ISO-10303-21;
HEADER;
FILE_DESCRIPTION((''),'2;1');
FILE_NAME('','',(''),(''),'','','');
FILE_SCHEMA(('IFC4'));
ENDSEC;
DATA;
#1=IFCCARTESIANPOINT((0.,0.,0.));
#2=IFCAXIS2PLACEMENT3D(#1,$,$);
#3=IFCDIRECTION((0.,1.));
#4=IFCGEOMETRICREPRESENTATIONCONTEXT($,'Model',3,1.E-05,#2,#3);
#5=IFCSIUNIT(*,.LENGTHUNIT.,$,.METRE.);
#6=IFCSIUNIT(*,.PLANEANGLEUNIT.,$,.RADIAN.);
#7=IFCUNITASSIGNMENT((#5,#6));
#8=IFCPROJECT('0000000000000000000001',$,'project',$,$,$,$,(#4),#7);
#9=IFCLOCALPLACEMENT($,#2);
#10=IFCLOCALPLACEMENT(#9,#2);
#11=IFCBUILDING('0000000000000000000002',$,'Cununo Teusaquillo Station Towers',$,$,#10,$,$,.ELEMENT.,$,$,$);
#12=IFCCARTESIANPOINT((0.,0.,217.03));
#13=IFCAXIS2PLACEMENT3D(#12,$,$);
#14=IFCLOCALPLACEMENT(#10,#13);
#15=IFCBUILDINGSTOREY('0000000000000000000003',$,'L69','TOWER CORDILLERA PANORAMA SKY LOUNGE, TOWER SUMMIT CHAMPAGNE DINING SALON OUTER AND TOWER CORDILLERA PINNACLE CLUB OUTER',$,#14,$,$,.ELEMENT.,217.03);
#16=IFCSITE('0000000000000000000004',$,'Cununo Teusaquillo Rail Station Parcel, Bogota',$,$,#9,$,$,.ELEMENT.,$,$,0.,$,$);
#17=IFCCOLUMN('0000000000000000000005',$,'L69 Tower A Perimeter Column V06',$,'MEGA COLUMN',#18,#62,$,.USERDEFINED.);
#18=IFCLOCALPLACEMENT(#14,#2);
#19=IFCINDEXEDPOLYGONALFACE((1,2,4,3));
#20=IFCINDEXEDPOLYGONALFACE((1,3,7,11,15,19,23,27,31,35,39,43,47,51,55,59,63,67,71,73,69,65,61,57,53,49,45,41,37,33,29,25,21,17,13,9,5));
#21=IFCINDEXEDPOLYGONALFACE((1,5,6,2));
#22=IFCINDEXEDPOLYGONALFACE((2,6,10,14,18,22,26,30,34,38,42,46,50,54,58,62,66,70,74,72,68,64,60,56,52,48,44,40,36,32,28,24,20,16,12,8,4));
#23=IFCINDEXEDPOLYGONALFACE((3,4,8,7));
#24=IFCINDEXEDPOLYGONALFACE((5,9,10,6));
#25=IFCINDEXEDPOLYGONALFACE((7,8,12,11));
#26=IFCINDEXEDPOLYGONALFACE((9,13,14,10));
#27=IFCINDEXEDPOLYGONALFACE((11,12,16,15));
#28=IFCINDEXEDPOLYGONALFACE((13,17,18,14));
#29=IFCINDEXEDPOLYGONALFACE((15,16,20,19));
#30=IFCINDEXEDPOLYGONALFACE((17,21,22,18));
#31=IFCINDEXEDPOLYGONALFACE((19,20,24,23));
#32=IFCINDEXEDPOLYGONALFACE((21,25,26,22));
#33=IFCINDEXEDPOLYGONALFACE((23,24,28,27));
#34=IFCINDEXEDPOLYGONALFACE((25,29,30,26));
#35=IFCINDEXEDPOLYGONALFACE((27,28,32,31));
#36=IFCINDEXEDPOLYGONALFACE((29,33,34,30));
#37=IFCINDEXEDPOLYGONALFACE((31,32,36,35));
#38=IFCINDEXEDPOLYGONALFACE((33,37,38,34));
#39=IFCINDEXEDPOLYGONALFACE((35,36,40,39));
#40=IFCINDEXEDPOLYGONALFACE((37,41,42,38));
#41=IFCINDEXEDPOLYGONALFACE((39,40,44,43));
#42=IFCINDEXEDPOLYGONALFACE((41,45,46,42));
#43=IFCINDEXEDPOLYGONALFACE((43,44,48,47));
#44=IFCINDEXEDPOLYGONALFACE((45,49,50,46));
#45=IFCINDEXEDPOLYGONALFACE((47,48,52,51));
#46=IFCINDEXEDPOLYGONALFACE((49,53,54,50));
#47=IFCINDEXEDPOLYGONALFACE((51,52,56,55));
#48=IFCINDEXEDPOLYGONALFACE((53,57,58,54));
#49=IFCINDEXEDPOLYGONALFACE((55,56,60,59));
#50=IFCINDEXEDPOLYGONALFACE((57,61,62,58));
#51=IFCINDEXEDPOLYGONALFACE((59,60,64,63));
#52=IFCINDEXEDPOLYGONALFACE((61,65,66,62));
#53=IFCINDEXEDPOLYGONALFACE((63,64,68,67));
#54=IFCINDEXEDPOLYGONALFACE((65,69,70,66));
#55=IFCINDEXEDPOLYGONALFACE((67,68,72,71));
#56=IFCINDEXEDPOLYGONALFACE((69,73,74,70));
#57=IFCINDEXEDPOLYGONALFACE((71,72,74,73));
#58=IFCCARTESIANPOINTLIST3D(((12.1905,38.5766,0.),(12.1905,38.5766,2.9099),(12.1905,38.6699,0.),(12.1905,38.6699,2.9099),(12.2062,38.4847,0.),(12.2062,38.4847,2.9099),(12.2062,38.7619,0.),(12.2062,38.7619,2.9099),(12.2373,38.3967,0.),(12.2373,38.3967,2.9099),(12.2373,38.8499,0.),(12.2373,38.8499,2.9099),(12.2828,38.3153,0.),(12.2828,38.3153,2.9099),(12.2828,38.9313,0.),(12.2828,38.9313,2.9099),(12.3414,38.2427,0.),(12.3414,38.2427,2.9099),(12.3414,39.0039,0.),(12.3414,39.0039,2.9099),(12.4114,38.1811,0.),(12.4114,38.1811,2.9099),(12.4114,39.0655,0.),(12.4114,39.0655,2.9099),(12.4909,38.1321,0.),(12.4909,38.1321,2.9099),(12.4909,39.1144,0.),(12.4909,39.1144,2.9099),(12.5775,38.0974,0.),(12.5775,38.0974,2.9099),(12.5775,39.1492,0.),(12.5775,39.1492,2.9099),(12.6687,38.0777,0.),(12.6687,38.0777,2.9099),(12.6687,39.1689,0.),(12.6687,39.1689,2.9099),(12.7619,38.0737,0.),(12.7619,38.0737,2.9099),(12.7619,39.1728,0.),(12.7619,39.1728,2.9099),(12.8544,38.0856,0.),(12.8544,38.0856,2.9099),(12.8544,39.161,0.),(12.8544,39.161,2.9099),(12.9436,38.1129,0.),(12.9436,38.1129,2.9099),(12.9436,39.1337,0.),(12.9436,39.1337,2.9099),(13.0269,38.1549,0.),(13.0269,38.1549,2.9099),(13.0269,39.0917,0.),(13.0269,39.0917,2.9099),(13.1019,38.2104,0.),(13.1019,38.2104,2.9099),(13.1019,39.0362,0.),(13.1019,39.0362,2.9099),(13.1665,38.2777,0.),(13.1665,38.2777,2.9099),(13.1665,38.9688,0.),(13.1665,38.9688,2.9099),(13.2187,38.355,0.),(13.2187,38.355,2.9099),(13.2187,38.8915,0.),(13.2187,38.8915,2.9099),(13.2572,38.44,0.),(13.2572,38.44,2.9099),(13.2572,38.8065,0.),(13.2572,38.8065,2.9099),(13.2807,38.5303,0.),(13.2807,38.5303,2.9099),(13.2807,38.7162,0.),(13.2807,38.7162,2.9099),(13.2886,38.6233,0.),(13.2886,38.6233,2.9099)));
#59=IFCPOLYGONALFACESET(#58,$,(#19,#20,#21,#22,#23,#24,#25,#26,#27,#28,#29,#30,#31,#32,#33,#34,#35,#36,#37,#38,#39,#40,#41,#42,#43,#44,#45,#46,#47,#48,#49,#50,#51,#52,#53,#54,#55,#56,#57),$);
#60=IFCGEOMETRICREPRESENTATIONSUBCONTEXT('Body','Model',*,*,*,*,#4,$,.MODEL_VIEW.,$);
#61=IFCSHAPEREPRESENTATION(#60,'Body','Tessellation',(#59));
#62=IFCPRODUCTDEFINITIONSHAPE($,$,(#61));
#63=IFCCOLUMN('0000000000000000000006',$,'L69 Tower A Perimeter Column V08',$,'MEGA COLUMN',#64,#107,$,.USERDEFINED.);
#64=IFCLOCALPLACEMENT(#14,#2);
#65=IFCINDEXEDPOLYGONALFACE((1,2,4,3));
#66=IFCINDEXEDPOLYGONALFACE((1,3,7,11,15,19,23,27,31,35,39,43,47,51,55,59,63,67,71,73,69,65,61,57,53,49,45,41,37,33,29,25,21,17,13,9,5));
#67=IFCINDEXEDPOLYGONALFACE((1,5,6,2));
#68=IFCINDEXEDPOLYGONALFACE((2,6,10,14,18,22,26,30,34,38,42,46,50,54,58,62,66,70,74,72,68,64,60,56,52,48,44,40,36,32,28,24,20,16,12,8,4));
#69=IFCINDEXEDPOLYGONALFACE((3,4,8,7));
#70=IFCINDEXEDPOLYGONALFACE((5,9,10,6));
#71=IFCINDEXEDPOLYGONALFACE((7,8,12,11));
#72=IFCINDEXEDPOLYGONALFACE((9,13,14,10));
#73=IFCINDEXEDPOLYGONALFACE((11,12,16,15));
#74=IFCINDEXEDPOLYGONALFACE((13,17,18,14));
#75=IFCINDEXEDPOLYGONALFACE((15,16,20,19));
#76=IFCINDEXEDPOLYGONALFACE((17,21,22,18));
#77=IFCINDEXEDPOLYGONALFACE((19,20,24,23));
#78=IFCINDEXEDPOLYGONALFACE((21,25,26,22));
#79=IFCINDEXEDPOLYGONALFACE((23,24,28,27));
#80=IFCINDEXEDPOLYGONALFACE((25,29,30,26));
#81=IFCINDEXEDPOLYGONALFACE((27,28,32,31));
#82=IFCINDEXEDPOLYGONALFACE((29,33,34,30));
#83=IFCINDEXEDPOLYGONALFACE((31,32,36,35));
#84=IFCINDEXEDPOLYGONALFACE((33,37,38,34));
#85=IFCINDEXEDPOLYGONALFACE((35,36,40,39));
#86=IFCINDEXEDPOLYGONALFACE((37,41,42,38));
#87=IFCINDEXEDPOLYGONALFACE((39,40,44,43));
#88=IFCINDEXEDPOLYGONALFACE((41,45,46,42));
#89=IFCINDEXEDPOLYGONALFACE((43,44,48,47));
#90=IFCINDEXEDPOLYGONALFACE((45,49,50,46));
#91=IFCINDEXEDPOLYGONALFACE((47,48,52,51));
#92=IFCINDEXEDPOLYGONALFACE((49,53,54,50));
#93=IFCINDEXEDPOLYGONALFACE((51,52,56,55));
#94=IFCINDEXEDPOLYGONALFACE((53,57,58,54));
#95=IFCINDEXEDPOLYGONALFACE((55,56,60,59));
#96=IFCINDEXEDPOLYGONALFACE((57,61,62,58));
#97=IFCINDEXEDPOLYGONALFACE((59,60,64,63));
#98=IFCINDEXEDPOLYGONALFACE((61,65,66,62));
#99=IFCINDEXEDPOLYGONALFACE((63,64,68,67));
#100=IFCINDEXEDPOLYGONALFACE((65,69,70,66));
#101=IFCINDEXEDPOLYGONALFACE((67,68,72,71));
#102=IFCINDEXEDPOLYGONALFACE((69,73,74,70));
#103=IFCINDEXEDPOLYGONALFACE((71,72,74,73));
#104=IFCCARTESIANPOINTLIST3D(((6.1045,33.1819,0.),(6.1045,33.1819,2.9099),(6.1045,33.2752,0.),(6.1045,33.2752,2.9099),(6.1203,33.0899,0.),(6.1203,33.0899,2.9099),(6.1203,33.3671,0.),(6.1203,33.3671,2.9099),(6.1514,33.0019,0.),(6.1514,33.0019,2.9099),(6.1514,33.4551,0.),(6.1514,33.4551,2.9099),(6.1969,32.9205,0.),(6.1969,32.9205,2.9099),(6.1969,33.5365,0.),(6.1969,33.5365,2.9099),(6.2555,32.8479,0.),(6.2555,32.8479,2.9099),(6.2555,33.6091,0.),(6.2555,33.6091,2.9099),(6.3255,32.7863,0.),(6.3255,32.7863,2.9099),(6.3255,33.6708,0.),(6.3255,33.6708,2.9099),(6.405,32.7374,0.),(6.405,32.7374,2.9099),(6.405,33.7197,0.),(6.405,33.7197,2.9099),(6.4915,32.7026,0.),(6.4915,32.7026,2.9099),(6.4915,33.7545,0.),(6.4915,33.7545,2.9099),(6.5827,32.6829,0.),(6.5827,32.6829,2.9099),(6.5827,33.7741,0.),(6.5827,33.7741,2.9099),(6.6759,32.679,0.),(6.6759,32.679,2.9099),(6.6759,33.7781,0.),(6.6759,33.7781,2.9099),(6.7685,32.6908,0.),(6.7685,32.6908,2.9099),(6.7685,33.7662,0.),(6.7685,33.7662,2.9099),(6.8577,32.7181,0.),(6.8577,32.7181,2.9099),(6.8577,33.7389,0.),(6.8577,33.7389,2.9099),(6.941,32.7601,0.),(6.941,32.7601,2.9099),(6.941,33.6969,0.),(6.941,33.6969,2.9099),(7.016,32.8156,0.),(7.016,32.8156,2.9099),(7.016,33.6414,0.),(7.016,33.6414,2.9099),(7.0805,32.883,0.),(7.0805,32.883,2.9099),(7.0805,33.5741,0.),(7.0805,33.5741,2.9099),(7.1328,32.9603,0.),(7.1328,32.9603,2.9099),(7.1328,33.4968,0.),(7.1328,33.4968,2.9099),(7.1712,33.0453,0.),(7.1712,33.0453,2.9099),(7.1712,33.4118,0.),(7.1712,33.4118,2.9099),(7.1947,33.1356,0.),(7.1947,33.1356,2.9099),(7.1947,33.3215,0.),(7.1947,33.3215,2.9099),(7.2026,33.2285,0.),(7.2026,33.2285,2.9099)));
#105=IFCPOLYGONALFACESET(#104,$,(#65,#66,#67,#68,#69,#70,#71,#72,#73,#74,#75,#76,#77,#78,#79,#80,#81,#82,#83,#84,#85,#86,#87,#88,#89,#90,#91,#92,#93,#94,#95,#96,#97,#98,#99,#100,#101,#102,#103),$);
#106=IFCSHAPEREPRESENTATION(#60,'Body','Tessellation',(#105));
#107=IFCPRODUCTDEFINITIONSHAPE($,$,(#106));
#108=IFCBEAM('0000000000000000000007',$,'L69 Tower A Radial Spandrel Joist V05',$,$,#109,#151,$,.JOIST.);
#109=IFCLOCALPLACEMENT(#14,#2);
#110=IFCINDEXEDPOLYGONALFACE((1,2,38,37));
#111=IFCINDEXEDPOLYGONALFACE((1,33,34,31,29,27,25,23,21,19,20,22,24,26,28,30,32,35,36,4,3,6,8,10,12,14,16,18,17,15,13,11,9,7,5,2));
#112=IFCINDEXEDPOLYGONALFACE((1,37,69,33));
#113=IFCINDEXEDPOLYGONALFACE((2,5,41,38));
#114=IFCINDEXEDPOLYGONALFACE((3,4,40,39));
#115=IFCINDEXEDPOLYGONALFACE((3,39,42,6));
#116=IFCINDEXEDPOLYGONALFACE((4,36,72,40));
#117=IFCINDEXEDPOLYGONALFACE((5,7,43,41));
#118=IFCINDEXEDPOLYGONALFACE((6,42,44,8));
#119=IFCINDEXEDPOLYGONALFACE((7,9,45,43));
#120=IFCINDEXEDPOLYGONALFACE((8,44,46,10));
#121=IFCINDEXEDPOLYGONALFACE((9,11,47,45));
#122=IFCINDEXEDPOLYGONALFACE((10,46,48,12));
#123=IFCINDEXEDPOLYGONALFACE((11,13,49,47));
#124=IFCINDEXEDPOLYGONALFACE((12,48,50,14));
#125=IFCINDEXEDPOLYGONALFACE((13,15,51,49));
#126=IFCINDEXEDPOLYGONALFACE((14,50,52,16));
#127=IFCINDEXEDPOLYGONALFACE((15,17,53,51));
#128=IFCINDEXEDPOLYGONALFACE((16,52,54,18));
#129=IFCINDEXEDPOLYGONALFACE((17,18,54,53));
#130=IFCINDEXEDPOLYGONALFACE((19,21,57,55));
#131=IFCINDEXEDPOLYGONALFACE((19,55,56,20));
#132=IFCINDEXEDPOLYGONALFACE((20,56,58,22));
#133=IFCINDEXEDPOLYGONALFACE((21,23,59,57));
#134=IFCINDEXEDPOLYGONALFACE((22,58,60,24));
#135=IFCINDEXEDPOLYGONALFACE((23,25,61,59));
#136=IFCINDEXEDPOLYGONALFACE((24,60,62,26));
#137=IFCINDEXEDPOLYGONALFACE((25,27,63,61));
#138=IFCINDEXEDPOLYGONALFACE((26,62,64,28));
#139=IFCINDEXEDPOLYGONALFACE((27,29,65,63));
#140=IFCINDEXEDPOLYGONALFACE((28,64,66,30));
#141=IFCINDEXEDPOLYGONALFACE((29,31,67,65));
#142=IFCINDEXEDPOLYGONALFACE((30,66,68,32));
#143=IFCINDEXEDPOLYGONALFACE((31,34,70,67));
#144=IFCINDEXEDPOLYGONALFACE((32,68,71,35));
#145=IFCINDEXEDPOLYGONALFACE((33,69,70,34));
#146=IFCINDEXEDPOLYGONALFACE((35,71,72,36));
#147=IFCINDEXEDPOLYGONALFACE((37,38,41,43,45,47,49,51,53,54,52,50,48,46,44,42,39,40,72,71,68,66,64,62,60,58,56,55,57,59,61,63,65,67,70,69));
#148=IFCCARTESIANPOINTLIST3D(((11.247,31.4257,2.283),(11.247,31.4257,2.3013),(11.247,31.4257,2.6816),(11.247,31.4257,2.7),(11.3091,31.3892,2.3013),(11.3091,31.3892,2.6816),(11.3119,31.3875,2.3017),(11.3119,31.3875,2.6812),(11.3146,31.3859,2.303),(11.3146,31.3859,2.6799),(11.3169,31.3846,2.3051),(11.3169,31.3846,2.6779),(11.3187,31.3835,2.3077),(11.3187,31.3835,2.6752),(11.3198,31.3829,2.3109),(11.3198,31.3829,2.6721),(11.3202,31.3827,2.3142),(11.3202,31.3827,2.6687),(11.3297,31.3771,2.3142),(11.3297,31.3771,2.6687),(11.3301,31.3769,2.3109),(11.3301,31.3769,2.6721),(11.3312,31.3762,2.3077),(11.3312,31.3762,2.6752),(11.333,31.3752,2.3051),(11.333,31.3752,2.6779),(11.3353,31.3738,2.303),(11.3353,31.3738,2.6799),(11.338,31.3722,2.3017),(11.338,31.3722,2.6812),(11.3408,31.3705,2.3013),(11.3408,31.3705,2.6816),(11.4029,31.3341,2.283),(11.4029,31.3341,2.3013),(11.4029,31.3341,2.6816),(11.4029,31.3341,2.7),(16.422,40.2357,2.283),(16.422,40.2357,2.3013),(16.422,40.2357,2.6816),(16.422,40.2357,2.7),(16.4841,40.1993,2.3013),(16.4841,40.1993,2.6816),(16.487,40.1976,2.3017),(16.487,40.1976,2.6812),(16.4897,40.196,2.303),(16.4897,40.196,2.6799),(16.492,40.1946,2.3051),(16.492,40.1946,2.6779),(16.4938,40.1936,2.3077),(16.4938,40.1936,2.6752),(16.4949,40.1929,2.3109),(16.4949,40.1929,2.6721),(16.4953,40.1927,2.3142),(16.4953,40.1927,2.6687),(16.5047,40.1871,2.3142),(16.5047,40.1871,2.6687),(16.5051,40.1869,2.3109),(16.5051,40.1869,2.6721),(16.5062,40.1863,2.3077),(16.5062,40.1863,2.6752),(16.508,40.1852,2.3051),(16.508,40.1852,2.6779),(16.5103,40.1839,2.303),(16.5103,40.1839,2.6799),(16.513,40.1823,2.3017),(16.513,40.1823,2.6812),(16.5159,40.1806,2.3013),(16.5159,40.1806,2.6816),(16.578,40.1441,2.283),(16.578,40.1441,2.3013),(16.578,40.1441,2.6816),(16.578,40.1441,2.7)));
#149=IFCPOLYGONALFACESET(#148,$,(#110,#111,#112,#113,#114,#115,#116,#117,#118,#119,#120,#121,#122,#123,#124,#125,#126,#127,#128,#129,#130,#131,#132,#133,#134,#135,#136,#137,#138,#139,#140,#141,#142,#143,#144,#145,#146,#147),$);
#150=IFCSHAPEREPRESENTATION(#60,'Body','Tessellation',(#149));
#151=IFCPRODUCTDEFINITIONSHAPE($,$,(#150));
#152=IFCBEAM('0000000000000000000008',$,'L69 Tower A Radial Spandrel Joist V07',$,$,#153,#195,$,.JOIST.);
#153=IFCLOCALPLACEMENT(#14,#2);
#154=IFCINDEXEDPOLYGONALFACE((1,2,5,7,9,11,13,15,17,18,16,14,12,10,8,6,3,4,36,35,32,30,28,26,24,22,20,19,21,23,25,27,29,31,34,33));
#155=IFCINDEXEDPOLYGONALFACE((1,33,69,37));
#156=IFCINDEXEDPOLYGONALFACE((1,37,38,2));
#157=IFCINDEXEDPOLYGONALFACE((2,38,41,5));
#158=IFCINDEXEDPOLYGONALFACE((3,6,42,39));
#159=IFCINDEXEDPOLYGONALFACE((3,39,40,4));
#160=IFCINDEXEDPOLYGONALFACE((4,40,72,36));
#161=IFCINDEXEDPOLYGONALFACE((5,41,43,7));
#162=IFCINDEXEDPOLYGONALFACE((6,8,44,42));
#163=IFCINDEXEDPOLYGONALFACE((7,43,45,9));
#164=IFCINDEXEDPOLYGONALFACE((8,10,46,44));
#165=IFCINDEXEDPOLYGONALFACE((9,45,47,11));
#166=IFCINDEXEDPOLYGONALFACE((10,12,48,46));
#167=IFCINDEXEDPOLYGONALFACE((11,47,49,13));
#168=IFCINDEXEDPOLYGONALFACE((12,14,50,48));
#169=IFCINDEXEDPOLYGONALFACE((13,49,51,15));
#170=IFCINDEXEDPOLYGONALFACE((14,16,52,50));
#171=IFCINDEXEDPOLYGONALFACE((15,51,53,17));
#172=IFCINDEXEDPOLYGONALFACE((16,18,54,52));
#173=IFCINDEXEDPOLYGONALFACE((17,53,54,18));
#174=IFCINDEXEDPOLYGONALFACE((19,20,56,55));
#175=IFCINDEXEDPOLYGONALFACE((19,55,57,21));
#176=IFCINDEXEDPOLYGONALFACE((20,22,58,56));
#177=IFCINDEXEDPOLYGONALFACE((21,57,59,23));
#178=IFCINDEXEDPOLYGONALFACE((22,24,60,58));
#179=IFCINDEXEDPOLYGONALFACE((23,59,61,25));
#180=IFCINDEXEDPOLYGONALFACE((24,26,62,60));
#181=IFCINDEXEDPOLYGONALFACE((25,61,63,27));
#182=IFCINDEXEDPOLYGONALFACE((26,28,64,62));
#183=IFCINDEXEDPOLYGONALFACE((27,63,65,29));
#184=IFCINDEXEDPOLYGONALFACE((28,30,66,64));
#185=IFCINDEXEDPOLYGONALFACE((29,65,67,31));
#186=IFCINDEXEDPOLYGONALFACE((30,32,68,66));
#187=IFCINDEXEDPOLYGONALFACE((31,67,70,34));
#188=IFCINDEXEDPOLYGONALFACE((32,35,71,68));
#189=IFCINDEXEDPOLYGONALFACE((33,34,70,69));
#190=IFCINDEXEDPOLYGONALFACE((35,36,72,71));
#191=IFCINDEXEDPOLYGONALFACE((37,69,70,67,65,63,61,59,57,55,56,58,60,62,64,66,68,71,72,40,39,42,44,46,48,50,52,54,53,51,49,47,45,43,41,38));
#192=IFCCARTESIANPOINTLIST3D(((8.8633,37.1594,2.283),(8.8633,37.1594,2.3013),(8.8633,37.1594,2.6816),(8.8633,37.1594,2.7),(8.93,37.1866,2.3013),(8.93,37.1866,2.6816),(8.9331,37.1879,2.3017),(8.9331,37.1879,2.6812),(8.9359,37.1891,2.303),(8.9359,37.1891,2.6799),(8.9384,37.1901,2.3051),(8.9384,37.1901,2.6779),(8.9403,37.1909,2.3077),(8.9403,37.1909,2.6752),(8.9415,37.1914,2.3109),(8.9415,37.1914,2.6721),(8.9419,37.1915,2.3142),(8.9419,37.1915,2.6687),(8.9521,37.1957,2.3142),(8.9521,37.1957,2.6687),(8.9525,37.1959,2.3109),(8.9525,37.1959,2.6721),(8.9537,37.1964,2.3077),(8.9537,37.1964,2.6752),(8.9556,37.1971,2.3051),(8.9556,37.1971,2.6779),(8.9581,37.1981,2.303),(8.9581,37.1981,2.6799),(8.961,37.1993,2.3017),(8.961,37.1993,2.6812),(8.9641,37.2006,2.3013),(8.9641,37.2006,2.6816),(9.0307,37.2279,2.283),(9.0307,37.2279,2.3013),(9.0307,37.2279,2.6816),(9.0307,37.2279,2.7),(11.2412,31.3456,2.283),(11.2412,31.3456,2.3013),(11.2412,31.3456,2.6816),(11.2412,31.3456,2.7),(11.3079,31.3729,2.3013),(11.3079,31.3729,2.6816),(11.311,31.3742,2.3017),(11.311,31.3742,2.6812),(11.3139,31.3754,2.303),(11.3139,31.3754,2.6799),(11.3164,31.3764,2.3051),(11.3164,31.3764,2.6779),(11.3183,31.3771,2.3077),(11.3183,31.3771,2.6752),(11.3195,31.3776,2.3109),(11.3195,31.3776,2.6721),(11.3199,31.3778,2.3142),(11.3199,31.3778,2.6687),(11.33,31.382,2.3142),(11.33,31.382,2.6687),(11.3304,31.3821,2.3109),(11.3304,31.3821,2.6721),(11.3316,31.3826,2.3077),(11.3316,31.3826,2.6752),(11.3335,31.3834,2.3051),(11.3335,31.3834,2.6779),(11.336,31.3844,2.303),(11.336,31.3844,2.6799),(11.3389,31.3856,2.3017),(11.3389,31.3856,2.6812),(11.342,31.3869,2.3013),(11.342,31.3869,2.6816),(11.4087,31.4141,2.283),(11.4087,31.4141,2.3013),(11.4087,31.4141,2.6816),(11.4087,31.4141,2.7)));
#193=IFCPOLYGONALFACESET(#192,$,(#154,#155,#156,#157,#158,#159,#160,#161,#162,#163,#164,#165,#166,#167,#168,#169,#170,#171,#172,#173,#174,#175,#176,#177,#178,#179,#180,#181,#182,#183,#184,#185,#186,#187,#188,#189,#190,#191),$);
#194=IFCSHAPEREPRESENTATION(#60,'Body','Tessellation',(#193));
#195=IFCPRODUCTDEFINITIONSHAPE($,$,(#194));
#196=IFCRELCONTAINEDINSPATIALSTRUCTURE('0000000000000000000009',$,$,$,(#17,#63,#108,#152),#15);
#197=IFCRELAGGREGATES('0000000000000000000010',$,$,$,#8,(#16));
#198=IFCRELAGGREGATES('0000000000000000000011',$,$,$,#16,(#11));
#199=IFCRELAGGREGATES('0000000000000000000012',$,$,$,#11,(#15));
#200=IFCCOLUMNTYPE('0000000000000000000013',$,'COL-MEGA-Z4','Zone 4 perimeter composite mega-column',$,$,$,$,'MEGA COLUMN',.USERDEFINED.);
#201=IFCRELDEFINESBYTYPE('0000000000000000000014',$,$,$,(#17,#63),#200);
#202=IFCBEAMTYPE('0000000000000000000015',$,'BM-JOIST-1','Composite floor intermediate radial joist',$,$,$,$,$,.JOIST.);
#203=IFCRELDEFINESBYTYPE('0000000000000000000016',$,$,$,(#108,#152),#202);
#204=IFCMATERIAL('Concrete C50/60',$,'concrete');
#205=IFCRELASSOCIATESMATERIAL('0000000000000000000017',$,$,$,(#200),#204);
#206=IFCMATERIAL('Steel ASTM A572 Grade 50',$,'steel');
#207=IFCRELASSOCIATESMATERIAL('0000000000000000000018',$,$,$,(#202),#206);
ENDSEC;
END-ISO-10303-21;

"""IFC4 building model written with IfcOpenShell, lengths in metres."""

from ifc_helpers import new_model, si_unit, direction, frame, origin, origin_2d, place, context, subcontext, project, spatial, circle, i_section, extrude, material, material_profile, profile_set, type_object, element, save


model = new_model("IFC4")

# Units and contexts
model_context = context("Model", 3, precision=1e-05, world=origin(), true_north=direction((0.0, 1.0)))
body_context = subcontext(model_context, "Body", "Model", "MODEL_VIEW")
ifc_project = project(units=[si_unit("LENGTHUNIT", "METRE"), si_unit("PLANEANGLEUNIT", "RADIAN")], contexts=[model_context])

# Site, building, storey
site_placement = place(None, origin())
site = spatial("IfcSite", under=ifc_project, at=site_placement, Name="Cununo Teusaquillo Rail Station Parcel, Bogota", CompositionType="ELEMENT", RefElevation=0.0)
building_placement = place(site_placement, origin())
building = spatial("IfcBuilding", under=site, at=building_placement, Name="Cununo Teusaquillo Station Towers", CompositionType="ELEMENT")
storey_placement = place(building_placement, frame((0.0, 0.0, 217.03)))
storey = spatial("IfcBuildingStorey", under=building, at=storey_placement, Name="L69", Description="TOWER CORDILLERA PANORAMA SKY LOUNGE, TOWER SUMMIT CHAMPAGNE DINING SALON OUTER AND TOWER CORDILLERA PINNACLE CLUB OUTER", CompositionType="ELEMENT", Elevation=217.03)

# Columns
ifc_material_1 = material(Name="Concrete C50/60", Category="concrete")
ifc_material_profile_1 = material_profile(ifc_material_1, circle(Radius=0.55, at=origin_2d()), Name="RC-CIRC-1100")
ifc_profile_set_1 = profile_set([ifc_material_profile_1], Name="Concrete C50/60")
column_type = type_object("IfcColumnType", Name="COL-MEGA-Z4", Description="Zone 4 perimeter composite mega-column", ElementType="MEGA COLUMN", PredefinedType="USERDEFINED", material=ifc_profile_set_1)
for number, where, z_axis, x_axis, name in (
    (1, (12.7385, 38.6233, 0.0), (0.0, 0.0, 1.0), (1.0, 0.0, 0.0), "L69 Tower A Perimeter Column V06"),
    (2, (6.6526, 33.2285, 0.0), (0.0, 0.0, 1.0), (1.0, 0.0, 0.0), "L69 Tower A Perimeter Column V08"),
):
    element("IfcColumn", number, at=place(storey_placement, frame(where, z_axis=z_axis, x_axis=x_axis)), inside=storey, type_object=column_type, Name=name, ObjectType="MEGA COLUMN", PredefinedType="USERDEFINED", context=body_context, shape_type="SweptSolid", body=[
        extrude(circle(Radius=0.55, at=origin_2d()), origin(), (0.0, 0.0, 1.0), 2.9099),
    ])

# Beams
ifc_material_2 = material(Name="Steel ASTM A572 Grade 50", Category="steel")
ifc_material_profile_2 = material_profile(ifc_material_2, i_section(OverallWidth=0.1809, OverallDepth=0.417, WebThickness=0.011, FlangeThickness=0.0183, FilletRadius=0.0129, at=origin_2d()), Name="W16X57")
ifc_profile_set_2 = profile_set([ifc_material_profile_2], Name="Steel ASTM A572 Grade 50")
beam_type_1 = type_object("IfcBeamType", Name="BM-JOIST-1", Description="Composite floor intermediate radial joist", PredefinedType="JOIST", material=ifc_profile_set_2)
beam_1_placement = place(storey_placement, frame((11.325, 31.3799, 2.4915), z_axis=(0.506486, 0.862248, 0.0), x_axis=(-0.862248, 0.506486, 0.0)))
element("IfcBeam", 3, at=beam_1_placement, inside=storey, type_object=beam_type_1, Name="L69 Tower A Radial Spandrel Joist V05", PredefinedType="JOIST", context=body_context, shape_type="SweptSolid", body=[
    extrude(i_section(OverallWidth=0.1809, OverallDepth=0.417, WebThickness=0.011, FlangeThickness=0.0183, FilletRadius=0.0129, at=origin_2d()), origin(), (0.0, 0.0, 1.0), 10.2175),
])
beam_2_placement = place(storey_placement, frame((11.325, 31.3799, 2.4915), z_axis=(-0.378577, 0.92557, 0.0), x_axis=(-0.92557, -0.378577, 0.0)))
element("IfcBeam", 4, at=beam_2_placement, inside=storey, type_object=beam_type_1, Name="L69 Tower A Radial Spandrel Joist V07", PredefinedType="JOIST", context=body_context, shape_type="SweptSolid", body=[
    extrude(i_section(OverallWidth=0.1809, OverallDepth=0.417, WebThickness=0.011, FlangeThickness=0.0183, FilletRadius=0.0129, at=origin_2d()), origin(), (0.0, 0.0, 1.0), 6.2812),
])

save(model, "model.ifc")
